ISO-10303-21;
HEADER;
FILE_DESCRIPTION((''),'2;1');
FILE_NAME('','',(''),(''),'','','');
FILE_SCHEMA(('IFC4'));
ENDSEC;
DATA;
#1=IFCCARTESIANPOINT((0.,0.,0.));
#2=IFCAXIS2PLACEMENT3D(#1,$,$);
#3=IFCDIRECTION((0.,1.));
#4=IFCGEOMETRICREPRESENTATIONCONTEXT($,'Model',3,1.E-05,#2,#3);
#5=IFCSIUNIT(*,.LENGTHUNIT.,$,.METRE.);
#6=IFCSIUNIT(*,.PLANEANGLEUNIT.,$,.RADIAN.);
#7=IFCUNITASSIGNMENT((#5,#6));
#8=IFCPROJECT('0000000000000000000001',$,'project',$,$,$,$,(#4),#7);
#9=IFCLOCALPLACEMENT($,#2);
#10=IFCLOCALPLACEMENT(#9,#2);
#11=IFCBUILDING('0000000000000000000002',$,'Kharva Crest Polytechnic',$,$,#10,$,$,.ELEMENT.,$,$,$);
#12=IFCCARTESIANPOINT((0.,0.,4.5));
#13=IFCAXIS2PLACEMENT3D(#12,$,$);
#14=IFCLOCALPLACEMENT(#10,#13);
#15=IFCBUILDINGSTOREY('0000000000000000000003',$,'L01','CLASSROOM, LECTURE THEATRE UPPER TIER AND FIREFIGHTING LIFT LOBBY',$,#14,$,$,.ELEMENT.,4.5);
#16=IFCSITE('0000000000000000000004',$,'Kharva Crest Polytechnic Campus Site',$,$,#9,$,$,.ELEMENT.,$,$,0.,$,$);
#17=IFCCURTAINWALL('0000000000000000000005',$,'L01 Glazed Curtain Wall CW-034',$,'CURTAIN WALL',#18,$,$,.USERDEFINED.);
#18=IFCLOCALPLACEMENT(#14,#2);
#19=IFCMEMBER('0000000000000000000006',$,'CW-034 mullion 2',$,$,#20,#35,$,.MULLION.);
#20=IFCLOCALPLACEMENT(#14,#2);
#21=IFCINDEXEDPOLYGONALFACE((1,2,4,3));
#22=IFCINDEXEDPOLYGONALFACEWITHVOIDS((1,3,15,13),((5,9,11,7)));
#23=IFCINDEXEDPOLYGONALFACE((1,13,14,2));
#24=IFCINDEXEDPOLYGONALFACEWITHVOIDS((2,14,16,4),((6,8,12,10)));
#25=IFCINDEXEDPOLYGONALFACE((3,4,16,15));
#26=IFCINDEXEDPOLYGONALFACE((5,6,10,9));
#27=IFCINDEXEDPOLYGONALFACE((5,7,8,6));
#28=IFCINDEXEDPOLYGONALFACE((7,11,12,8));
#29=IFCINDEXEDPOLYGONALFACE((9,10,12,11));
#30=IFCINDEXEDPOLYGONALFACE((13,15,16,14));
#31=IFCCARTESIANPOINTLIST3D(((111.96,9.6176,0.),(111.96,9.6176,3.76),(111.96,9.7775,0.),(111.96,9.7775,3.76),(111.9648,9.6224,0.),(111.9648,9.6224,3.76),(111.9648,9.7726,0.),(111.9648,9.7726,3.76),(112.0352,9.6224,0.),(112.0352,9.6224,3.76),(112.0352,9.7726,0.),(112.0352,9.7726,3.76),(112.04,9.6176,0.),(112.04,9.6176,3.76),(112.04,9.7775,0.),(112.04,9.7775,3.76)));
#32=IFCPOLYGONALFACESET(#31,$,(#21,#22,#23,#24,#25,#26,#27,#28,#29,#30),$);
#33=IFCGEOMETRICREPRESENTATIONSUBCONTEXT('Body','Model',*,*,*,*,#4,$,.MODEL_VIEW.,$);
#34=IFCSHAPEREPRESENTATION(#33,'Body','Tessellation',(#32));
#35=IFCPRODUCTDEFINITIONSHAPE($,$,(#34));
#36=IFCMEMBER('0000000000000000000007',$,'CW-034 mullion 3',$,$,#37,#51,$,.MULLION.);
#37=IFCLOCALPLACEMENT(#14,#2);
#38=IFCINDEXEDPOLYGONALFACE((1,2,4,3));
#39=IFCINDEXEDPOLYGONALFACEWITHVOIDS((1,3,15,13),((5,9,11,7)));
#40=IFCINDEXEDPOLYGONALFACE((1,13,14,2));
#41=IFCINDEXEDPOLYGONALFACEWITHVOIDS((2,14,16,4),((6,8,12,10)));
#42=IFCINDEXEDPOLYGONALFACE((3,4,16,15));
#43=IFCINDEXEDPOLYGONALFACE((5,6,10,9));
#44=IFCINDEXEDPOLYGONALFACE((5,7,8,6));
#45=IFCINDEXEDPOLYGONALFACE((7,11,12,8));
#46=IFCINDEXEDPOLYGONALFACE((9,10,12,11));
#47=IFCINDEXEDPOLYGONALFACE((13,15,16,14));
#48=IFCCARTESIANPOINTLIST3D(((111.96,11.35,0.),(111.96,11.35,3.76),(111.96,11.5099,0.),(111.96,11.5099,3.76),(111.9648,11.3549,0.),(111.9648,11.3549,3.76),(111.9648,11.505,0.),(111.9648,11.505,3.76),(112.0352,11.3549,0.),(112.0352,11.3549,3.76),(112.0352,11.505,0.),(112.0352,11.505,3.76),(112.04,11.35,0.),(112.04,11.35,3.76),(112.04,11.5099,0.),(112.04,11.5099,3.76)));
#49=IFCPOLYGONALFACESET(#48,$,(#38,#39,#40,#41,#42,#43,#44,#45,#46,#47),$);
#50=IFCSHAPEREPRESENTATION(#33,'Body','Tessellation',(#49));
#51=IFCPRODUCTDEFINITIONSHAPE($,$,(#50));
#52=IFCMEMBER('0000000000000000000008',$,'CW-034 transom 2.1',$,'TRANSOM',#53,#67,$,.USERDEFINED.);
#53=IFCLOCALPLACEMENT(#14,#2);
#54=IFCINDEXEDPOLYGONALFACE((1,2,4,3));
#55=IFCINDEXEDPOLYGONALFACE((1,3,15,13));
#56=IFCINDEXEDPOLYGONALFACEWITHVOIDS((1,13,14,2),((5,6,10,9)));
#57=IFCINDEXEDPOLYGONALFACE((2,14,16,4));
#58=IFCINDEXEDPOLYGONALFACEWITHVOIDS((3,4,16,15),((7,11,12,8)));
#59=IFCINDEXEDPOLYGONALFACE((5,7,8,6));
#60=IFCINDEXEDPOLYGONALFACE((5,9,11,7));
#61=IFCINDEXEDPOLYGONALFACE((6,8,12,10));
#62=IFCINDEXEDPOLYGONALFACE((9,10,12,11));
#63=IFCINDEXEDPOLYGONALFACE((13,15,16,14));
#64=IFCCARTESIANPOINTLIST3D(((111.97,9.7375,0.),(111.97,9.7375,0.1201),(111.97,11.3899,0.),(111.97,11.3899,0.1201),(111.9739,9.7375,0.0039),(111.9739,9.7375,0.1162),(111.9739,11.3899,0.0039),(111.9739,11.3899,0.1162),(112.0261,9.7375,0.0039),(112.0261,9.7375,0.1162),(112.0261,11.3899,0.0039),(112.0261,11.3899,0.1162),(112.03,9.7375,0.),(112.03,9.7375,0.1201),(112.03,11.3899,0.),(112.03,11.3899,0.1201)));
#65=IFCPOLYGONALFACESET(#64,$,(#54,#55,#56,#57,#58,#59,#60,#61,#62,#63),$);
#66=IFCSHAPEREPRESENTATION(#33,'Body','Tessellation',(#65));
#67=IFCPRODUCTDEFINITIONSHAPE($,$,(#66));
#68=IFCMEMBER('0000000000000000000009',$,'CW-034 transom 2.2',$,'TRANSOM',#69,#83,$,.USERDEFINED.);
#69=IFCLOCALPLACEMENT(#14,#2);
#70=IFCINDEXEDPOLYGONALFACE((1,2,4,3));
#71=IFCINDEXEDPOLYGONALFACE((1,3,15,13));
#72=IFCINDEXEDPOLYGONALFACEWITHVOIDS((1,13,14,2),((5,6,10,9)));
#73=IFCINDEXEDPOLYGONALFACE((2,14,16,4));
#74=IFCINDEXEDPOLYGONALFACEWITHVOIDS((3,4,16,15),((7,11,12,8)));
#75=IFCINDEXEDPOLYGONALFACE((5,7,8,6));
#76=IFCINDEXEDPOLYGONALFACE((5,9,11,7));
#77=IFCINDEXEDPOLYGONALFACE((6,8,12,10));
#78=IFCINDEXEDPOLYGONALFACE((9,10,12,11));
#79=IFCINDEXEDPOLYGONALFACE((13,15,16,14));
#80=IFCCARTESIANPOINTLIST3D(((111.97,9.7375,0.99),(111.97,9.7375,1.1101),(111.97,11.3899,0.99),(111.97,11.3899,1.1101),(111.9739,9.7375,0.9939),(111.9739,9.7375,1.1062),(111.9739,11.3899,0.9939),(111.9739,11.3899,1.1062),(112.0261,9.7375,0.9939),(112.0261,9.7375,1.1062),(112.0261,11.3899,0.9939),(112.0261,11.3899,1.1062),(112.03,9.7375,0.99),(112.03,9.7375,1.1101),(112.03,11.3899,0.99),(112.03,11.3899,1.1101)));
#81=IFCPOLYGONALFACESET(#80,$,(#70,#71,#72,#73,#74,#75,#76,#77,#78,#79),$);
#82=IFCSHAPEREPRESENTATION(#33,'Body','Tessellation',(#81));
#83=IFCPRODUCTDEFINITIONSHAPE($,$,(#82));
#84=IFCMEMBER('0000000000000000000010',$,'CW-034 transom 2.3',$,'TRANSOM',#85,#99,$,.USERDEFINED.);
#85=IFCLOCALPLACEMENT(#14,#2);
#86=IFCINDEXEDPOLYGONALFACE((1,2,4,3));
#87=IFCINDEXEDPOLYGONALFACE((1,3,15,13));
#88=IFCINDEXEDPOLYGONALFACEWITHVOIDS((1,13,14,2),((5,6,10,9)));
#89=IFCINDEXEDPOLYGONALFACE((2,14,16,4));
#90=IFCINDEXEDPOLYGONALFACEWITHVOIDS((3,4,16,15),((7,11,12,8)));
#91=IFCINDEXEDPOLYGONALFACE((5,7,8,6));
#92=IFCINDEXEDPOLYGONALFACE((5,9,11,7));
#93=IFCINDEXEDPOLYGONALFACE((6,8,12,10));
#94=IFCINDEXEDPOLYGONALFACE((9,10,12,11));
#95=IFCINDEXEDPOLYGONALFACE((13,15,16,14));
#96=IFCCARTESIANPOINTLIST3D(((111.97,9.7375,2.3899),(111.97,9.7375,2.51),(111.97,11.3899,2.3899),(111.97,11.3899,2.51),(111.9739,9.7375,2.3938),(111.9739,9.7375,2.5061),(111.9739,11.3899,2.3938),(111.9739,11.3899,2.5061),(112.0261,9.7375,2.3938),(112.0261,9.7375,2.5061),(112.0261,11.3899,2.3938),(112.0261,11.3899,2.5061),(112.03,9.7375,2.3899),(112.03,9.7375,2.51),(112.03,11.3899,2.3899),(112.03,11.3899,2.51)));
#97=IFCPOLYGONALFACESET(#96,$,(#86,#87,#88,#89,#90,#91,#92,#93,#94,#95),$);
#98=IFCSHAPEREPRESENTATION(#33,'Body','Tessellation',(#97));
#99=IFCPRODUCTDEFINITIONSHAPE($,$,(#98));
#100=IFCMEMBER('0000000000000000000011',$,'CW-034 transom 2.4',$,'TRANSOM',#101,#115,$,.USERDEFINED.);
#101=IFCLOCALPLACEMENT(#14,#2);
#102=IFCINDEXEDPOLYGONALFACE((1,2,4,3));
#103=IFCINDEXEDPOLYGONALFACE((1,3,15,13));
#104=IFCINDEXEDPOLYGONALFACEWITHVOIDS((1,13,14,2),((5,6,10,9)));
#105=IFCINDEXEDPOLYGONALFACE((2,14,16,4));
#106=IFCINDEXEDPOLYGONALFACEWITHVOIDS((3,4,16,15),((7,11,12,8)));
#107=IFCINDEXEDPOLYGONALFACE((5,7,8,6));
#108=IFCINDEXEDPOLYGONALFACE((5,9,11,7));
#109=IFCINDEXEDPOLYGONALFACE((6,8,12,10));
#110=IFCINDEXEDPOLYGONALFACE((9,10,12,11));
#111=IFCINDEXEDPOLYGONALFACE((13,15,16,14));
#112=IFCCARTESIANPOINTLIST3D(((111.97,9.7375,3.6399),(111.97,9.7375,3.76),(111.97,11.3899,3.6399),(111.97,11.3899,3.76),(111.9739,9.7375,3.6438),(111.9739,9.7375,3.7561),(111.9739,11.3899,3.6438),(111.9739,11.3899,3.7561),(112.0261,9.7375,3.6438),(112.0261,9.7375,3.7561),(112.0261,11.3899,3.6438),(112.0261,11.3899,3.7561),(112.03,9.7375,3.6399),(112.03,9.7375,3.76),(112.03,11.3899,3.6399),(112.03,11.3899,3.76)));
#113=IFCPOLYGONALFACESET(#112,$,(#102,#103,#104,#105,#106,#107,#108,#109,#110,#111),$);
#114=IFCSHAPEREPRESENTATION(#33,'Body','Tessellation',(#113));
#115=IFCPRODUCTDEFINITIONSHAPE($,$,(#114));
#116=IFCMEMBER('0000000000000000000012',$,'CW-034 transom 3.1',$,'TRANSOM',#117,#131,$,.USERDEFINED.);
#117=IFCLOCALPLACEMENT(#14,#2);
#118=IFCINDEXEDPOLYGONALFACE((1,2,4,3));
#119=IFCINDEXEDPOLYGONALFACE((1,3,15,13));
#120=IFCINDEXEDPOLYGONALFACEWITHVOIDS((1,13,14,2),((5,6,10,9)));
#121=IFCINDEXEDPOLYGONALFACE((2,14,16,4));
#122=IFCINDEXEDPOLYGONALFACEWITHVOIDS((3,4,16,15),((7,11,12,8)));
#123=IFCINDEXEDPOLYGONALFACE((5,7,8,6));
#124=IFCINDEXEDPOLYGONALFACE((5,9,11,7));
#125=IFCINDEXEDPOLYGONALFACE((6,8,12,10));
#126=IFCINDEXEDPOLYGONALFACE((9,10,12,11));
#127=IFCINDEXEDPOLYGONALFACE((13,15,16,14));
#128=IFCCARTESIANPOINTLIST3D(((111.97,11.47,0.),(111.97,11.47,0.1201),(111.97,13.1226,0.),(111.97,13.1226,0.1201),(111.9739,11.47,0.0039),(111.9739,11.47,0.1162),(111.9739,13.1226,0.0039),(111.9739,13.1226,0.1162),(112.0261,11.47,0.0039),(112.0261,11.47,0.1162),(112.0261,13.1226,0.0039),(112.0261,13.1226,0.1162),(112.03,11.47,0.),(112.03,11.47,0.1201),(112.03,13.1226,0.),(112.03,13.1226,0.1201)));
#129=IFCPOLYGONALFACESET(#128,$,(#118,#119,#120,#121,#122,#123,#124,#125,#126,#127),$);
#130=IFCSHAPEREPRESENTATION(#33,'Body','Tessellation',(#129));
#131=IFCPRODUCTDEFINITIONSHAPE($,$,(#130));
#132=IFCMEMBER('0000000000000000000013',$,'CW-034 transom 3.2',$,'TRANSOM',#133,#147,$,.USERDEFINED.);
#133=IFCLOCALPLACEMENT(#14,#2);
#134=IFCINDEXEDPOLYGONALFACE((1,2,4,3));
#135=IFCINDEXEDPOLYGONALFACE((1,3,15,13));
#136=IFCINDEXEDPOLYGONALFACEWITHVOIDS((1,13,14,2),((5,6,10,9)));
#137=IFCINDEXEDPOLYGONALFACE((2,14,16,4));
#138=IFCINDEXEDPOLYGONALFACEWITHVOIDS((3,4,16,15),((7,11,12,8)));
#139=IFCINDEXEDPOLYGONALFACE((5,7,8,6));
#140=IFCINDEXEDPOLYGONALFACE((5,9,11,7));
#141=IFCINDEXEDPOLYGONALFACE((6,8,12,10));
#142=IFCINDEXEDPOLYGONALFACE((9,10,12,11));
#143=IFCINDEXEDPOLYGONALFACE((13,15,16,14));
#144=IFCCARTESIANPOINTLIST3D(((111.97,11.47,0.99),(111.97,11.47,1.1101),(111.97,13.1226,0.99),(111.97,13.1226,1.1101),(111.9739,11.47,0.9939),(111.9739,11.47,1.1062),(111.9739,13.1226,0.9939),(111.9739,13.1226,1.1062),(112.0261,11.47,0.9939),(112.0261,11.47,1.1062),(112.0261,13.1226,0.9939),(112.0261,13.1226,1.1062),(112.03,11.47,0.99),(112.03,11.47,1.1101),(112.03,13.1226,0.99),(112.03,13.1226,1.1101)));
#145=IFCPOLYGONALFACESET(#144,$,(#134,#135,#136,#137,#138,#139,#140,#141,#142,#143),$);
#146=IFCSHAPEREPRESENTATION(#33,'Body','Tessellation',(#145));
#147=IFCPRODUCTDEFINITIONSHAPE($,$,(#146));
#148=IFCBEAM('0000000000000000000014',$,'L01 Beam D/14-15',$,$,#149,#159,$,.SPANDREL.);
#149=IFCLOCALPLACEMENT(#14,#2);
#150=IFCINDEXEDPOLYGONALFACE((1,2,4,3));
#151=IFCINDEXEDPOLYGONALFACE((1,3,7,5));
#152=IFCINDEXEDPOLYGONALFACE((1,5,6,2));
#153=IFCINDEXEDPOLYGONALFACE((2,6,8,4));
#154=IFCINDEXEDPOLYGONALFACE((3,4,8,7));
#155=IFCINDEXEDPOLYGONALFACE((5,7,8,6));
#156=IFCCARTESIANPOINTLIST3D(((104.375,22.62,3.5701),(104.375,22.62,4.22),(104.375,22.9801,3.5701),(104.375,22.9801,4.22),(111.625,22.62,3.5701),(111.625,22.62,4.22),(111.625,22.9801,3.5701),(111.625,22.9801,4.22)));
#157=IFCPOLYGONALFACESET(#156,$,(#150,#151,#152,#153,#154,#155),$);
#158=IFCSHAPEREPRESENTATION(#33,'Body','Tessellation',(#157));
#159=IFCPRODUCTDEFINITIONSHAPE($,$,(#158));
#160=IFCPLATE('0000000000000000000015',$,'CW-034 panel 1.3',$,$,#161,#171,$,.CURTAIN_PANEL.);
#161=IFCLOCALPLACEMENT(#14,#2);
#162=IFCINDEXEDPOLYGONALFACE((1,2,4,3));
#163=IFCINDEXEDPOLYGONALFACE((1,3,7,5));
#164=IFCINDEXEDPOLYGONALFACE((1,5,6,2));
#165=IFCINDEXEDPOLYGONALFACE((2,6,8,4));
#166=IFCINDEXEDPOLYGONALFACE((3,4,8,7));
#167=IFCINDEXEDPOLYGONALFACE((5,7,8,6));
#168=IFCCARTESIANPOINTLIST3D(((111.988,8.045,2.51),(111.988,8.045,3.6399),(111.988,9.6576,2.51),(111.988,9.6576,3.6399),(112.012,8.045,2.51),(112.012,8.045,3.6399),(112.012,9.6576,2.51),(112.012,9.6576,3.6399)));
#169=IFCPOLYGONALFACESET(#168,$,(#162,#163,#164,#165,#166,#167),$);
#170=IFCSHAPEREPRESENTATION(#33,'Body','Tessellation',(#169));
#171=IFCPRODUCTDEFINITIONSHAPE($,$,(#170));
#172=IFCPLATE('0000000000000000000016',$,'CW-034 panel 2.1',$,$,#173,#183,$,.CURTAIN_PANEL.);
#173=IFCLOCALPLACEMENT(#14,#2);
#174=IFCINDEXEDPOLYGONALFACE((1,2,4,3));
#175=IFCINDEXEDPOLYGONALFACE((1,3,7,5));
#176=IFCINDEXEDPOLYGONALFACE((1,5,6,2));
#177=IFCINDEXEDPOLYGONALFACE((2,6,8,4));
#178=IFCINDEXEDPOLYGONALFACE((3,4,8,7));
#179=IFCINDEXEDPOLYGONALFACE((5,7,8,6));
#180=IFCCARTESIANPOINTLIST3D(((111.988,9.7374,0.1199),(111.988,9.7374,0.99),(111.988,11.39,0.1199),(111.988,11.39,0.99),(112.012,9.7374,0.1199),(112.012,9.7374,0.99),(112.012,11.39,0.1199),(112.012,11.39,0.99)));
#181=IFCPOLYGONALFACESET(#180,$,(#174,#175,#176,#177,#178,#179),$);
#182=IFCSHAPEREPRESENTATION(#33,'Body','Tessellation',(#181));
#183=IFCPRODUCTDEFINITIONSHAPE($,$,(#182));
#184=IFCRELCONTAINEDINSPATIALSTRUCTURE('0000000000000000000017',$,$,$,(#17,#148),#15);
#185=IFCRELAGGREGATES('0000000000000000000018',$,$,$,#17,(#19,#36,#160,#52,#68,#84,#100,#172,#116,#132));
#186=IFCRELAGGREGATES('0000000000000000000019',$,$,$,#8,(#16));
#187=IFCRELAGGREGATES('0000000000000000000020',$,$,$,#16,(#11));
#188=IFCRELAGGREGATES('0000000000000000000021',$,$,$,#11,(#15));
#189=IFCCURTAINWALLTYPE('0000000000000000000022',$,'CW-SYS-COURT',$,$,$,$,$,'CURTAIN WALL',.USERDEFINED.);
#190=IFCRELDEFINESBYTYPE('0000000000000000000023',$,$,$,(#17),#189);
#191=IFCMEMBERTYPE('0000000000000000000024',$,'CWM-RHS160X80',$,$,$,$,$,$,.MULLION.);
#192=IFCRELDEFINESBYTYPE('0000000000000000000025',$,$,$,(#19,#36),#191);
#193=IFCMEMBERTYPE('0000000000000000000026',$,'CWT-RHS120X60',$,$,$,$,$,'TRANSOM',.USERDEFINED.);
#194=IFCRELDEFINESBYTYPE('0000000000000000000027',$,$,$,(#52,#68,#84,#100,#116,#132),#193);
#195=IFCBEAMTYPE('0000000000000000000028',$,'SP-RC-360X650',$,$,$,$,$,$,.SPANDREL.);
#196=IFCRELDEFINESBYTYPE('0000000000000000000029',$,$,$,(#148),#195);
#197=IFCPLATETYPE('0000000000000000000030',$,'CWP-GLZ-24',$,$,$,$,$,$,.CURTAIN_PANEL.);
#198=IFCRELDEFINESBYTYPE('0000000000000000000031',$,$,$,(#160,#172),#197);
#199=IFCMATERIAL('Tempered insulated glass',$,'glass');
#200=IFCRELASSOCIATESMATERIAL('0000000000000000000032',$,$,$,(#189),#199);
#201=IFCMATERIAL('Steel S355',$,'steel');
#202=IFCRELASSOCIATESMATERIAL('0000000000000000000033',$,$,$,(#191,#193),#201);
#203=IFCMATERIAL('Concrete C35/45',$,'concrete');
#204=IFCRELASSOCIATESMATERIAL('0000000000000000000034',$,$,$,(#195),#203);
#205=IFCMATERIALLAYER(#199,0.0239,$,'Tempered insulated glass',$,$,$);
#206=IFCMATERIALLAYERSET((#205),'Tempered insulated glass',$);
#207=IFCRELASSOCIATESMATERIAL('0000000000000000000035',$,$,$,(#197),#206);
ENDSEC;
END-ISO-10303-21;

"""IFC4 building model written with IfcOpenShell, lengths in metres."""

from ifc_helpers import new_model, si_unit, direction, frame, origin, origin_2d, place, context, subcontext, project, spatial, rectangle, hollow_rectangle, extrude, material, layer, layer_set, material_profile, profile_set, type_object, element, aggregate, save


model = new_model("IFC4")

# Units and contexts
model_context = context("Model", 3, precision=1e-05, world=origin(), true_north=direction((0.0, 1.0)))
body_context = subcontext(model_context, "Body", "Model", "MODEL_VIEW")
ifc_project = project(units=[si_unit("LENGTHUNIT", "METRE"), si_unit("PLANEANGLEUNIT", "RADIAN")], contexts=[model_context])

# Site, building, storey
site_placement = place(None, origin())
site = spatial("IfcSite", under=ifc_project, at=site_placement, Name="Kharva Crest Polytechnic Campus Site", CompositionType="ELEMENT", RefElevation=0.0)
building_placement = place(site_placement, origin())
building = spatial("IfcBuilding", under=site, at=building_placement, Name="Kharva Crest Polytechnic", CompositionType="ELEMENT")
storey_placement = place(building_placement, frame((0.0, 0.0, 4.5)))
storey = spatial("IfcBuildingStorey", under=building, at=storey_placement, Name="L01", Description="CLASSROOM, LECTURE THEATRE UPPER TIER AND FIREFIGHTING LIFT LOBBY", CompositionType="ELEMENT", Elevation=4.5)

# Shared definitions
ifc_material_1 = material(Name="Steel S355", Category="steel")

# Shared definitions
ifc_material_2 = material(Name="Concrete C35/45", Category="concrete")

# Curtain wall, members
ifc_material_3 = material(Name="Tempered insulated glass", Category="glass")
curtain_wall_type = type_object("IfcCurtainWallType", Name="CW-SYS-COURT", ElementType="CURTAIN WALL", PredefinedType="USERDEFINED", material=ifc_material_3)
curtain_wall_placement = place(storey_placement, origin())
curtain_wall = element("IfcCurtainWall", 1, at=curtain_wall_placement, inside=storey, type_object=curtain_wall_type, Name="L01 Glazed Curtain Wall CW-034", ObjectType="CURTAIN WALL", PredefinedType="USERDEFINED")
ifc_material_profile_1 = material_profile(ifc_material_1, hollow_rectangle(XDim=0.0801, YDim=0.1599, WallThickness=0.0049, at=origin_2d()), Name="RHS 160X80X5.0")
ifc_profile_set_1 = profile_set([ifc_material_profile_1], Name="Steel S355")
member_type_1 = type_object("IfcMemberType", Name="CWM-RHS160X80", PredefinedType="MULLION", material=ifc_profile_set_1)
member_1_placement = place(storey_placement, frame((112.0, 9.6975, 0.0), z_axis=(0.0, 0.0, 1.0), x_axis=(-1.0, 0.0, 0.0)))
member_1 = element("IfcMember", 2, at=member_1_placement, type_object=member_type_1, Name="CW-034 mullion 2", PredefinedType="MULLION", context=body_context, shape_type="SweptSolid", body=[
    extrude(hollow_rectangle(XDim=0.0801, YDim=0.1599, WallThickness=0.0049, at=origin_2d()), origin(), (0.0, 0.0, 1.0), 3.76),
])
member_2_placement = place(storey_placement, frame((112.0, 11.4299, 0.0), z_axis=(0.0, 0.0, 1.0), x_axis=(-1.0, 0.0, 0.0)))
member_2 = element("IfcMember", 3, at=member_2_placement, type_object=member_type_1, Name="CW-034 mullion 3", PredefinedType="MULLION", context=body_context, shape_type="SweptSolid", body=[
    extrude(hollow_rectangle(XDim=0.0801, YDim=0.1599, WallThickness=0.0049, at=origin_2d()), origin(), (0.0, 0.0, 1.0), 3.76),
])
ifc_material_profile_2 = material_profile(ifc_material_1, hollow_rectangle(XDim=0.0601, YDim=0.1201, WallThickness=0.0039, at=origin_2d()), Name="RHS 120X60X4.0")
ifc_profile_set_2 = profile_set([ifc_material_profile_2], Name="Steel S355")
member_type_2 = type_object("IfcMemberType", Name="CWT-RHS120X60", ElementType="TRANSOM", PredefinedType="USERDEFINED", material=ifc_profile_set_2)
member_3_placement = place(storey_placement, frame((112.0, 9.7375, 0.0601), z_axis=(0.0, 1.0, 0.0), x_axis=(-1.0, 0.0, 0.0)))
member_3 = element("IfcMember", 4, at=member_3_placement, type_object=member_type_2, Name="CW-034 transom 2.1", ObjectType="TRANSOM", PredefinedType="USERDEFINED", context=body_context, shape_type="SweptSolid", body=[
    extrude(hollow_rectangle(XDim=0.0601, YDim=0.1201, WallThickness=0.0039, at=origin_2d()), origin(), (0.0, 0.0, 1.0), 1.6523),
])
member_4_placement = place(storey_placement, frame((112.0, 9.7375, 1.05), z_axis=(0.0, 1.0, 0.0), x_axis=(-1.0, 0.0, 0.0)))
member_4 = element("IfcMember", 5, at=member_4_placement, type_object=member_type_2, Name="CW-034 transom 2.2", ObjectType="TRANSOM", PredefinedType="USERDEFINED", context=body_context, shape_type="SweptSolid", body=[
    extrude(hollow_rectangle(XDim=0.0601, YDim=0.1201, WallThickness=0.0039, at=origin_2d()), origin(), (0.0, 0.0, 1.0), 1.6523),
])
member_5_placement = place(storey_placement, frame((112.0, 9.7375, 2.45), z_axis=(0.0, 1.0, 0.0), x_axis=(-1.0, 0.0, 0.0)))
member_5 = element("IfcMember", 6, at=member_5_placement, type_object=member_type_2, Name="CW-034 transom 2.3", ObjectType="TRANSOM", PredefinedType="USERDEFINED", context=body_context, shape_type="SweptSolid", body=[
    extrude(hollow_rectangle(XDim=0.0601, YDim=0.1201, WallThickness=0.0039, at=origin_2d()), origin(), (0.0, 0.0, 1.0), 1.6523),
])
member_6_placement = place(storey_placement, frame((112.0, 9.7375, 3.7), z_axis=(0.0, 1.0, 0.0), x_axis=(-1.0, 0.0, 0.0)))
member_6 = element("IfcMember", 7, at=member_6_placement, type_object=member_type_2, Name="CW-034 transom 2.4", ObjectType="TRANSOM", PredefinedType="USERDEFINED", context=body_context, shape_type="SweptSolid", body=[
    extrude(hollow_rectangle(XDim=0.0601, YDim=0.1201, WallThickness=0.0039, at=origin_2d()), origin(), (0.0, 0.0, 1.0), 1.6523),
])
member_7_placement = place(storey_placement, frame((112.0, 11.47, 0.0601), z_axis=(0.0, 1.0, 0.0), x_axis=(-1.0, 0.0, 0.0)))
member_7 = element("IfcMember", 8, at=member_7_placement, type_object=member_type_2, Name="CW-034 transom 3.1", ObjectType="TRANSOM", PredefinedType="USERDEFINED", context=body_context, shape_type="SweptSolid", body=[
    extrude(hollow_rectangle(XDim=0.0601, YDim=0.1201, WallThickness=0.0039, at=origin_2d()), origin(), (0.0, 0.0, 1.0), 1.6526),
])
member_8_placement = place(storey_placement, frame((112.0, 11.47, 1.05), z_axis=(0.0, 1.0, 0.0), x_axis=(-1.0, 0.0, 0.0)))
member_8 = element("IfcMember", 9, at=member_8_placement, type_object=member_type_2, Name="CW-034 transom 3.2", ObjectType="TRANSOM", PredefinedType="USERDEFINED", context=body_context, shape_type="SweptSolid", body=[
    extrude(hollow_rectangle(XDim=0.0601, YDim=0.1201, WallThickness=0.0039, at=origin_2d()), origin(), (0.0, 0.0, 1.0), 1.6526),
])

# Beam
ifc_material_profile_3 = material_profile(ifc_material_2, rectangle(XDim=0.3601, YDim=0.6499, at=origin_2d()), Name="RECT 360 X 650")
ifc_profile_set_3 = profile_set([ifc_material_profile_3], Name="Concrete C35/45")
beam_type_1 = type_object("IfcBeamType", Name="SP-RC-360X650", PredefinedType="SPANDREL", material=ifc_profile_set_3)
beam_1_placement = place(storey_placement, frame((104.375, 22.8, 3.895), z_axis=(1.0, 0.0, 0.0), x_axis=(0.0, 1.0, 0.0)))
element("IfcBeam", 10, at=beam_1_placement, inside=storey, type_object=beam_type_1, Name="L01 Beam D/14-15", PredefinedType="SPANDREL", context=body_context, shape_type="SweptSolid", body=[
    extrude(rectangle(XDim=0.3601, YDim=0.6499, at=origin_2d()), origin(), (0.0, 0.0, 1.0), 7.25),
])

# Plates
ifc_layer_1 = layer(ifc_material_3, 0.0239, Name="Tempered insulated glass")
ifc_layer_set_1 = layer_set([ifc_layer_1], Name="Tempered insulated glass")
plate_type = type_object("IfcPlateType", Name="CWP-GLZ-24", PredefinedType="CURTAIN_PANEL", material=ifc_layer_set_1)
plate_1_placement = place(storey_placement, frame((112.0, 8.8513, 2.51), z_axis=(0.0, 0.0, 1.0), x_axis=(0.0, 1.0, 0.0)))
plate_1 = element("IfcPlate", 11, at=plate_1_placement, type_object=plate_type, Name="CW-034 panel 1.3", PredefinedType="CURTAIN_PANEL", context=body_context, shape_type="SweptSolid", body=[
    extrude(rectangle(XDim=1.6125, YDim=0.0239, at=origin_2d()), origin(), (0.0, 0.0, 1.0), 1.1299),
])
plate_2_placement = place(storey_placement, frame((112.0, 10.5637, 0.1199), z_axis=(0.0, 0.0, 1.0), x_axis=(0.0, 1.0, 0.0)))
plate_2 = element("IfcPlate", 12, at=plate_2_placement, type_object=plate_type, Name="CW-034 panel 2.1", PredefinedType="CURTAIN_PANEL", context=body_context, shape_type="SweptSolid", body=[
    extrude(rectangle(XDim=1.6526, YDim=0.0239, at=origin_2d()), origin(), (0.0, 0.0, 1.0), 0.8701),
])
aggregate(curtain_wall, [member_1, member_2, plate_1, member_3, member_4, member_5, member_6, plate_2, member_7, member_8])

save(model, "model.ifc")
